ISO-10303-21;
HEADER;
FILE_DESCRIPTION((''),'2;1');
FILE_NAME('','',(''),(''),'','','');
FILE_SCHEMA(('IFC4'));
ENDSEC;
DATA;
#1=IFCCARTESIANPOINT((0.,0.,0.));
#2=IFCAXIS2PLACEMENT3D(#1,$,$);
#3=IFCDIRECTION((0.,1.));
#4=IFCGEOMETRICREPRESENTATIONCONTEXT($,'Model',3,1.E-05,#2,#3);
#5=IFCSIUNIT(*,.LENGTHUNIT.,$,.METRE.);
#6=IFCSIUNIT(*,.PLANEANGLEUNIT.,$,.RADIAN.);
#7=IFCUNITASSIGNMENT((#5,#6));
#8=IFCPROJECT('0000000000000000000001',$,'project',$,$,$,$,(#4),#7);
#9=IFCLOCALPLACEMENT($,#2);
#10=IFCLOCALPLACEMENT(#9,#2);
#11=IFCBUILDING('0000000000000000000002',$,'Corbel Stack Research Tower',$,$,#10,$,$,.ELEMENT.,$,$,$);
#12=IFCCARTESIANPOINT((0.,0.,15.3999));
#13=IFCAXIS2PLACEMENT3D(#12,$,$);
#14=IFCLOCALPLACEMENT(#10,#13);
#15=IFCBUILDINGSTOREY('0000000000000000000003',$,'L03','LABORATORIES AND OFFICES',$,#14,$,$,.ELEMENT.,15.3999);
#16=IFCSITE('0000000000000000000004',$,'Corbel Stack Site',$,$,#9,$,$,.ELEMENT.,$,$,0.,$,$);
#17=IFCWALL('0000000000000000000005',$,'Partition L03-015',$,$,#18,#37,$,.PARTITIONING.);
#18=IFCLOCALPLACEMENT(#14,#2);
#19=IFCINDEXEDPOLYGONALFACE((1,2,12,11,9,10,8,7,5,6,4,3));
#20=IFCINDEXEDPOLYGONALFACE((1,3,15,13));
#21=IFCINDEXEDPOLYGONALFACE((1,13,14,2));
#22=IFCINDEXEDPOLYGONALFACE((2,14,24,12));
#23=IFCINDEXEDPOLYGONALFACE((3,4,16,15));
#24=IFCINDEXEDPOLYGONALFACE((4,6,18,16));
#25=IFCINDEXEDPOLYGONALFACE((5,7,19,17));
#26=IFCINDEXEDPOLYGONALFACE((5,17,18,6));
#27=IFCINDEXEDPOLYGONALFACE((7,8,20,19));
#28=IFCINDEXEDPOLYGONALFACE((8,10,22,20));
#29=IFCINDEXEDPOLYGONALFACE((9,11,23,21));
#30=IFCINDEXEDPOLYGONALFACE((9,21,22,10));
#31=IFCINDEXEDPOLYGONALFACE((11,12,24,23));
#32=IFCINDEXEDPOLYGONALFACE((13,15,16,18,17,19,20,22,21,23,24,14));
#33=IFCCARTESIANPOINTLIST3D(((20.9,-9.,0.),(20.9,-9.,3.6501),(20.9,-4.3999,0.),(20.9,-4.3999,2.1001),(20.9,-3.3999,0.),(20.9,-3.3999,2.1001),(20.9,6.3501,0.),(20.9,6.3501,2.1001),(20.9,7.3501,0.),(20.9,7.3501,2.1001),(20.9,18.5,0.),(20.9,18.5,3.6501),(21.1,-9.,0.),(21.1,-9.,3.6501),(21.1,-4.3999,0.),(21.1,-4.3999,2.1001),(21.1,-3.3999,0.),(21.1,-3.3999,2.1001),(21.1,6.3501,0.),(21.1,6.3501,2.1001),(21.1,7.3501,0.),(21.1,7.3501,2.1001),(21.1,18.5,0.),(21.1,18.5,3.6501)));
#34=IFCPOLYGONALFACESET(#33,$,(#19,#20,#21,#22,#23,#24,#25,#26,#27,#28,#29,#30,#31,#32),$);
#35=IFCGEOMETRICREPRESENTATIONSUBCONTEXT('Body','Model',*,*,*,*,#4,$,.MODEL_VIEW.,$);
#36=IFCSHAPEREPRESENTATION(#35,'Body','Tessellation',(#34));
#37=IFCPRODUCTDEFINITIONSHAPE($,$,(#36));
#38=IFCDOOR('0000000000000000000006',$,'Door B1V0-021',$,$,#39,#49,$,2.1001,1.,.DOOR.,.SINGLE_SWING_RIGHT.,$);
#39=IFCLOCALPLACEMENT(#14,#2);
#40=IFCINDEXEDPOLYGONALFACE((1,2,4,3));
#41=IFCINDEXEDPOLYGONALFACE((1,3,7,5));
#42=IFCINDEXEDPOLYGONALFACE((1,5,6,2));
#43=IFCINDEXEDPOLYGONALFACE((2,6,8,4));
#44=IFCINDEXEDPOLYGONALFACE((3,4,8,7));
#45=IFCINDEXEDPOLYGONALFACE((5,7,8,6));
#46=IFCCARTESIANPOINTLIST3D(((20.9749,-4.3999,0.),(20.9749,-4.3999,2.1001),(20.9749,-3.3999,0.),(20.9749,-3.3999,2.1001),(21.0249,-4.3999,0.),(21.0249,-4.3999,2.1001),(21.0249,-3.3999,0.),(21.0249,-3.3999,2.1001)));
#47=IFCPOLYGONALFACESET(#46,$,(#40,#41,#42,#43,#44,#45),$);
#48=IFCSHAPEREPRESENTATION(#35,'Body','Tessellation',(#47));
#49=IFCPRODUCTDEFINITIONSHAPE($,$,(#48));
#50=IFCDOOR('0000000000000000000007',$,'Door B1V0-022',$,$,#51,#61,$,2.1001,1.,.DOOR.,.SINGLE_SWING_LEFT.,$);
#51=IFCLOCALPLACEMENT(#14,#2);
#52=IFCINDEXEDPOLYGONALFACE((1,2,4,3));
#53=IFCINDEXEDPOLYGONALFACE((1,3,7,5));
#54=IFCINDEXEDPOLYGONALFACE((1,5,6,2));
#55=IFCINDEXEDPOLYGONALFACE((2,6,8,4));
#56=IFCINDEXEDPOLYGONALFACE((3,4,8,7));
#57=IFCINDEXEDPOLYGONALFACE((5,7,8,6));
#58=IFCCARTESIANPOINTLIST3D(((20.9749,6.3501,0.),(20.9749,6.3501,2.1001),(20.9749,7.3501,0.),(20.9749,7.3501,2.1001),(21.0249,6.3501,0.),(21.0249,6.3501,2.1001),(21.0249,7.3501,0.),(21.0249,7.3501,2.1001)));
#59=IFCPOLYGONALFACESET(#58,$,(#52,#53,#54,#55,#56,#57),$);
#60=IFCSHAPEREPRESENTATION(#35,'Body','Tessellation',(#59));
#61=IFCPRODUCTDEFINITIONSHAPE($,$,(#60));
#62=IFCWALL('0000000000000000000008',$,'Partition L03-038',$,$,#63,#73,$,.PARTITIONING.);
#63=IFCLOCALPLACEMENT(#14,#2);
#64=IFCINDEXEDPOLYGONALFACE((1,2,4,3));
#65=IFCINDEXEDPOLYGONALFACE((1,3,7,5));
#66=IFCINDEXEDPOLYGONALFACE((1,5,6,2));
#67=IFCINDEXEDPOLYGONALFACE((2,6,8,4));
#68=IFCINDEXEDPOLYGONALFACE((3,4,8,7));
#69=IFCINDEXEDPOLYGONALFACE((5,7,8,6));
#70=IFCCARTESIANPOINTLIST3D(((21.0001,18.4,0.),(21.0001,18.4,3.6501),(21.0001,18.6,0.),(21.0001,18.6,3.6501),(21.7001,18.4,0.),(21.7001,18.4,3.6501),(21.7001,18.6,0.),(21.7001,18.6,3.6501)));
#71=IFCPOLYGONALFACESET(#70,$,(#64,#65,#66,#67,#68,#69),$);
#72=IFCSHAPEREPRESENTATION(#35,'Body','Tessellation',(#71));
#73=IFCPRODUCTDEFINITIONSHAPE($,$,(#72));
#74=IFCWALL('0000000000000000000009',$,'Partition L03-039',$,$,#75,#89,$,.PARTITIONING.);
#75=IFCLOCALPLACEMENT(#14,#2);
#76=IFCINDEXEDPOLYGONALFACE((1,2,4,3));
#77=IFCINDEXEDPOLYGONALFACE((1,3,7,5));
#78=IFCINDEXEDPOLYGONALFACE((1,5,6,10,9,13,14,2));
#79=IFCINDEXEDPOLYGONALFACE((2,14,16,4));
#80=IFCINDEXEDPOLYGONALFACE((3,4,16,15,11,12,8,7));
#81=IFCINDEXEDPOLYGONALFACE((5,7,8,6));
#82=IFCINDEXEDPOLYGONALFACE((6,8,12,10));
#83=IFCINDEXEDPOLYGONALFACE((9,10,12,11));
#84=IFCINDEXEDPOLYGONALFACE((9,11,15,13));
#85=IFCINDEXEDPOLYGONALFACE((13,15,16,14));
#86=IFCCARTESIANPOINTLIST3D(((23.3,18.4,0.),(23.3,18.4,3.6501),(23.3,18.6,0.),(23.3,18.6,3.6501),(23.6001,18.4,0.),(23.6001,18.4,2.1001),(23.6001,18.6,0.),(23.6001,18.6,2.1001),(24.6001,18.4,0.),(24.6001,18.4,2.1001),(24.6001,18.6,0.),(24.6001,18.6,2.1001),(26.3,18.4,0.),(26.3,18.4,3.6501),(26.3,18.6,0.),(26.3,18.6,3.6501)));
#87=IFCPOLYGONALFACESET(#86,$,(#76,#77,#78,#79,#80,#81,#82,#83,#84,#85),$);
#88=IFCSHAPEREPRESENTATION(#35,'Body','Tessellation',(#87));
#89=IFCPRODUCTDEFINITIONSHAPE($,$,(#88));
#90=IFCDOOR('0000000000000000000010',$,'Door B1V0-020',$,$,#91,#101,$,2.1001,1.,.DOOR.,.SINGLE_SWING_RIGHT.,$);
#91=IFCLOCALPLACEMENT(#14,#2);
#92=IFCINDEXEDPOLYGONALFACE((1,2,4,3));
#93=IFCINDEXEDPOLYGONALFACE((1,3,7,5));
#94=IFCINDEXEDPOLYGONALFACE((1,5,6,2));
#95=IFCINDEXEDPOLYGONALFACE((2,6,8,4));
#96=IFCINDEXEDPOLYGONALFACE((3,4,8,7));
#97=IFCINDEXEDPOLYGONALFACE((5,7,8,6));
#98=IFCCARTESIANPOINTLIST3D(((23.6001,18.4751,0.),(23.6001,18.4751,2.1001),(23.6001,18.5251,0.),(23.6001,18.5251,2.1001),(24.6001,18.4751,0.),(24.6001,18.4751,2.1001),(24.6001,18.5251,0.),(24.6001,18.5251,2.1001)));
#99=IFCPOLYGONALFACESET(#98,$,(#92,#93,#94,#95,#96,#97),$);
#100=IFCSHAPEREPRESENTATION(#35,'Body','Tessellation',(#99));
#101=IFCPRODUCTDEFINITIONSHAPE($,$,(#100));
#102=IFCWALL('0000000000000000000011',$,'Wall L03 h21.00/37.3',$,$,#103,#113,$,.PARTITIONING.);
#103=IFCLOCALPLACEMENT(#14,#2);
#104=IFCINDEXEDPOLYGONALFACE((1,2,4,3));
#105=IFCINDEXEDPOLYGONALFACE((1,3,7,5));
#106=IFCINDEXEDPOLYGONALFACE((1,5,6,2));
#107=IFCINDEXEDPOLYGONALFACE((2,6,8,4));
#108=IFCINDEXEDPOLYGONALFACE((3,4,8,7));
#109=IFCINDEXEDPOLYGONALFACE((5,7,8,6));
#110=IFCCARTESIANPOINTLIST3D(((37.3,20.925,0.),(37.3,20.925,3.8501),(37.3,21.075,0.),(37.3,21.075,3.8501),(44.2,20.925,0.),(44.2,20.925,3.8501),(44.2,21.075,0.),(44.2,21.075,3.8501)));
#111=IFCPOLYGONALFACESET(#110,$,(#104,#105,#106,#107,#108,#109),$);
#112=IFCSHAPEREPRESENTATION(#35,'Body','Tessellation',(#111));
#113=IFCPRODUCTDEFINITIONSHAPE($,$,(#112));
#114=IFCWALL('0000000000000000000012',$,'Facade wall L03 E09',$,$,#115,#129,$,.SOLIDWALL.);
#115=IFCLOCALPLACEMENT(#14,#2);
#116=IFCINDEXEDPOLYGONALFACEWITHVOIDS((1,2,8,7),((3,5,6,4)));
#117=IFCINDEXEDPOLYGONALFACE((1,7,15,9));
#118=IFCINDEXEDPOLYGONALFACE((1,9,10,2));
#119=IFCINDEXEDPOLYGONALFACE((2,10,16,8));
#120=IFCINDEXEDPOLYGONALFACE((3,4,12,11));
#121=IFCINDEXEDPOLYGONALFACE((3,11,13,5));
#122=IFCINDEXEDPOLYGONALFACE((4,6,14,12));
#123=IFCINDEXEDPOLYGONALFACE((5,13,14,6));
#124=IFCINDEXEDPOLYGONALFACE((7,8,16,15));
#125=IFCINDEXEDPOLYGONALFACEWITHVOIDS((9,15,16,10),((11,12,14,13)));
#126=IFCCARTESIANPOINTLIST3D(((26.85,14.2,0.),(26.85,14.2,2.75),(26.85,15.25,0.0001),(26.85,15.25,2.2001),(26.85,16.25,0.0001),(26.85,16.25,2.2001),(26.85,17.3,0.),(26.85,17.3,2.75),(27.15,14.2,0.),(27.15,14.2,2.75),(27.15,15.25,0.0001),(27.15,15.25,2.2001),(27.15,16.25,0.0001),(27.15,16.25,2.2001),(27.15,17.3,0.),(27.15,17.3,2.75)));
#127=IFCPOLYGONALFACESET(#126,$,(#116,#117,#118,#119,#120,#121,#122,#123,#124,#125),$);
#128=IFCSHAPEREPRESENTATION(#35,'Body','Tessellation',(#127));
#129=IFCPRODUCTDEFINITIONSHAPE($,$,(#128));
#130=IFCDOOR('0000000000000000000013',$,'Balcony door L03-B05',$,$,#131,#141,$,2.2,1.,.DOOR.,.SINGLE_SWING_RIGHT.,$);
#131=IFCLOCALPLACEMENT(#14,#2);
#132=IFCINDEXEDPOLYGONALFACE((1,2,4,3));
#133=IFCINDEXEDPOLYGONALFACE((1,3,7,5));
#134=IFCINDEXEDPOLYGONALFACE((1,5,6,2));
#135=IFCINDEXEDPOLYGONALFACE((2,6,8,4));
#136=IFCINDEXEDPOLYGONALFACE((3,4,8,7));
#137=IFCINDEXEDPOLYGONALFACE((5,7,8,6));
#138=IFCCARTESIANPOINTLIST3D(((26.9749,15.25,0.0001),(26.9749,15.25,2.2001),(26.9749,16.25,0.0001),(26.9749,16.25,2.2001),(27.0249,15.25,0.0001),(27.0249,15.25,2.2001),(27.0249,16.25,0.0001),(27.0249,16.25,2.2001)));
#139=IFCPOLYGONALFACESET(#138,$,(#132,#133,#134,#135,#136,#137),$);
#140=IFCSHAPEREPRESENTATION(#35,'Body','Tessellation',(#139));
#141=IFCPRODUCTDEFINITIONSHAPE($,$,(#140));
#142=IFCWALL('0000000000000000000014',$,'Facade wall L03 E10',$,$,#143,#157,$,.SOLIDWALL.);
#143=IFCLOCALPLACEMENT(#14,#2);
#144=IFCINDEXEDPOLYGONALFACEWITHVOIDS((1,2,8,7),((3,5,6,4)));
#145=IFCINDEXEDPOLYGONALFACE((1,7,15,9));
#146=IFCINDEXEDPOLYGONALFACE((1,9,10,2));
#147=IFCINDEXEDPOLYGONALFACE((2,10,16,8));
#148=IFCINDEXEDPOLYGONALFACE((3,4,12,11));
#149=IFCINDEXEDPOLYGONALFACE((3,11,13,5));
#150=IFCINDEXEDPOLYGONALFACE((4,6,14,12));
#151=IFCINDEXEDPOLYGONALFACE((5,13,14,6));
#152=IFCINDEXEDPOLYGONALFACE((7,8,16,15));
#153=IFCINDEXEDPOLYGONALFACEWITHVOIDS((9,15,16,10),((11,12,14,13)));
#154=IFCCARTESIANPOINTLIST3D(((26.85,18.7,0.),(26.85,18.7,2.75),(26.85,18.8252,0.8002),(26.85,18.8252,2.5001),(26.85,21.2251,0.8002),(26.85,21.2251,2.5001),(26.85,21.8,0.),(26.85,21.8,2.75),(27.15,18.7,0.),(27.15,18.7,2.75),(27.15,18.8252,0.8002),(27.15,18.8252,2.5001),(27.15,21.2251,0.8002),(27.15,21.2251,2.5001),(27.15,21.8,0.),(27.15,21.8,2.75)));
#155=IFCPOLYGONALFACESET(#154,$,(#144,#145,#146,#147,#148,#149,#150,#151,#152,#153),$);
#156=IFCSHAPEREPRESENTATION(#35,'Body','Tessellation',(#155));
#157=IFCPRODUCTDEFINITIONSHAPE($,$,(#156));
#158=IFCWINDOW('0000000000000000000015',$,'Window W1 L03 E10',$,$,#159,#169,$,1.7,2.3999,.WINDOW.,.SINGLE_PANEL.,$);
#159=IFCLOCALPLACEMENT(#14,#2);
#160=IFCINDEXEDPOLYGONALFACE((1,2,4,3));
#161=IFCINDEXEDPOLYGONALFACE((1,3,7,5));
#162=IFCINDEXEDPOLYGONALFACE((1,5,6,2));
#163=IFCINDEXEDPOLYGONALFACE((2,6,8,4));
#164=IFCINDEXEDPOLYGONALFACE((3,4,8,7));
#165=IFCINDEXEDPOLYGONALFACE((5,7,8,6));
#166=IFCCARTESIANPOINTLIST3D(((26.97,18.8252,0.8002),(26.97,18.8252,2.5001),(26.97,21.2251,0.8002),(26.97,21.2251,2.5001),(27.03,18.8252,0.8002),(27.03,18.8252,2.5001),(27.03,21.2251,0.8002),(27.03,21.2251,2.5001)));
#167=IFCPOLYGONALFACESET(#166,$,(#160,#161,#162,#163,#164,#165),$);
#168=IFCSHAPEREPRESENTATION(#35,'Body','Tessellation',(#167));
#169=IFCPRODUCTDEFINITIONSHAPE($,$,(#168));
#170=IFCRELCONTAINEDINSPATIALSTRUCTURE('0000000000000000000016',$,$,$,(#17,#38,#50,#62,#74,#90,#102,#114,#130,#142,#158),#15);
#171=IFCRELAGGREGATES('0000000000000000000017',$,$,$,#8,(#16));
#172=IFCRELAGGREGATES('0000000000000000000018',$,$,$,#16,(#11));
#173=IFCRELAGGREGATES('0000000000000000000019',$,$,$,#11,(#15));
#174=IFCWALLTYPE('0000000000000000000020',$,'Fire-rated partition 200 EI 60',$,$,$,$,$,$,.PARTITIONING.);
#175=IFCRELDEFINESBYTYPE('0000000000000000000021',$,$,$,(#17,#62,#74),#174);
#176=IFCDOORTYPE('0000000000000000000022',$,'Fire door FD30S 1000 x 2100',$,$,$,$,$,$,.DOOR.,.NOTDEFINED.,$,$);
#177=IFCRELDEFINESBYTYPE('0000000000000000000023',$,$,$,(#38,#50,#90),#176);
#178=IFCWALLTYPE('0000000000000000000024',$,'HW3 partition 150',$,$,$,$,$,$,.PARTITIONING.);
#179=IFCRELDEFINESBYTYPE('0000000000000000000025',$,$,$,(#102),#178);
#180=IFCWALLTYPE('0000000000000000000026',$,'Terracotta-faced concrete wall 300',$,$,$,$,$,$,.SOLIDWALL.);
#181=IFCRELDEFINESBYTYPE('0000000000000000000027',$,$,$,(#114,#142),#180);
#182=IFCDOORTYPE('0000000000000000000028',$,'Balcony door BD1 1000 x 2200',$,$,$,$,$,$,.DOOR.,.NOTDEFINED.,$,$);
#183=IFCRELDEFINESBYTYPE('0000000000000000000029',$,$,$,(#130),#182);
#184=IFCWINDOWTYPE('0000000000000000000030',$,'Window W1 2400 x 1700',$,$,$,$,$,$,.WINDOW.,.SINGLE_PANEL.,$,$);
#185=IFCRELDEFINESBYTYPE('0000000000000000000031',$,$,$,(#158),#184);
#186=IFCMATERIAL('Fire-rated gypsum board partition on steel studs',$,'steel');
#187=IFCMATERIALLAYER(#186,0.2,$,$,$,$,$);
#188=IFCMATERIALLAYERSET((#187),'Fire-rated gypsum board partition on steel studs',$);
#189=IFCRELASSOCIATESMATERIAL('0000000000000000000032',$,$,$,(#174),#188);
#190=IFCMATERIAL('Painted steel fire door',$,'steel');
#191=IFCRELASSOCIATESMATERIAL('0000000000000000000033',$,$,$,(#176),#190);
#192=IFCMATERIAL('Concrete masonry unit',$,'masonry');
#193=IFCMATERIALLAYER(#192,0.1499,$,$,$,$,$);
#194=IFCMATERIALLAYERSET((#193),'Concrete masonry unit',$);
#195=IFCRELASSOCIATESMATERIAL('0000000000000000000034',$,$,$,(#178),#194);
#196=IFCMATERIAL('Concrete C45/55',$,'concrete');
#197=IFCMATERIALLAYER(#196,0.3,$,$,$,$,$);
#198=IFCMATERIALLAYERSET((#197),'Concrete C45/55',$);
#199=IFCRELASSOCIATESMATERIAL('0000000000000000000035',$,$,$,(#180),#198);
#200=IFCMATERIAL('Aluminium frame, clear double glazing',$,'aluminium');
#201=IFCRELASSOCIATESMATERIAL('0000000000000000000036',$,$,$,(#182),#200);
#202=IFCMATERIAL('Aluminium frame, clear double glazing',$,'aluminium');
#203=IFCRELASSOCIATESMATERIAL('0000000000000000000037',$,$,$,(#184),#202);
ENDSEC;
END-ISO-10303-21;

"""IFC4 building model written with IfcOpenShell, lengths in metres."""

from ifc_helpers import new_model, si_unit, direction, frame, frame_2d, origin, place, context, subcontext, project, spatial, rectangle, extrude, material, layer, layer_set, type_object, element, fill, save


model = new_model("IFC4")

# Units and contexts
model_context = context("Model", 3, precision=1e-05, world=origin(), true_north=direction((0.0, 1.0)))
body_context = subcontext(model_context, "Body", "Model", "MODEL_VIEW")
ifc_project = project(units=[si_unit("LENGTHUNIT", "METRE"), si_unit("PLANEANGLEUNIT", "RADIAN")], contexts=[model_context])

# Site, building, storey
site_placement = place(None, origin())
site = spatial("IfcSite", under=ifc_project, at=site_placement, Name="Corbel Stack Site", CompositionType="ELEMENT", RefElevation=0.0)
building_placement = place(site_placement, origin())
building = spatial("IfcBuilding", under=site, at=building_placement, Name="Corbel Stack Research Tower", CompositionType="ELEMENT")
storey_placement = place(building_placement, frame((0.0, 0.0, 15.3999)))
storey = spatial("IfcBuildingStorey", under=building, at=storey_placement, Name="L03", Description="LABORATORIES AND OFFICES", CompositionType="ELEMENT", Elevation=15.3999)

# Wall, openings, doors
ifc_material_1 = material(Name="Fire-rated gypsum board partition on steel studs", Category="steel")
ifc_layer_1 = layer(ifc_material_1, 0.2)
ifc_layer_set_1 = layer_set([ifc_layer_1], Name="Fire-rated gypsum board partition on steel studs")
wall_type_1 = type_object("IfcWallType", Name="Fire-rated partition 200 EI 60", PredefinedType="PARTITIONING", material=ifc_layer_set_1)
wall_1_placement = place(storey_placement, frame((21.0, 18.5, 0.0), z_axis=(0.0, 0.0, 1.0), x_axis=(0.0, -1.0, 0.0)))
wall_1 = element("IfcWall", 1, at=wall_1_placement, inside=storey, type_object=wall_type_1, Name="Partition L03-015", PredefinedType="PARTITIONING", context=body_context, shape_type="SweptSolid", body=[
    extrude(rectangle(XDim=27.5, YDim=0.2, at=frame_2d((13.75, 0.0))), origin(), (0.0, 0.0, 1.0), 3.6501),
])
opening_1_placement = place(wall_1_placement, frame((21.8999, 0.0, 0.0)))
opening_1 = element("IfcOpeningElement", 2, at=opening_1_placement, cuts=wall_1, PredefinedType="OPENING", context=body_context, shape_type="SweptSolid", body=[
    extrude(rectangle(XDim=1.0, YDim=2.1001, at=frame_2d((0.5, 1.05))), frame((0.0, 0.1099, 0.0), z_axis=(0.0, -1.0, 0.0), x_axis=(1.0, 0.0, 0.0)), (0.0, 0.0, 1.0), 0.22),
])
opening_2_placement = place(wall_1_placement, frame((11.1499, 0.0, 0.0)))
opening_2 = element("IfcOpeningElement", 3, at=opening_2_placement, cuts=wall_1, PredefinedType="OPENING", context=body_context, shape_type="SweptSolid", body=[
    extrude(rectangle(XDim=1.0, YDim=2.1001, at=frame_2d((0.5, 1.05))), frame((0.0, 0.1099, 0.0), z_axis=(0.0, -1.0, 0.0), x_axis=(1.0, 0.0, 0.0)), (0.0, 0.0, 1.0), 0.22),
])
ifc_material_2 = material(Name="Painted steel fire door", Category="steel")
door_type_1 = type_object("IfcDoorType", Name="Fire door FD30S 1000 x 2100", OperationType="NOTDEFINED", PredefinedType="DOOR", material=ifc_material_2)
door_1_placement = place(opening_1_placement, origin())
door_1 = element("IfcDoor", 4, at=door_1_placement, inside=storey, type_object=door_type_1, Name="Door B1V0-021", OperationType="SINGLE_SWING_RIGHT", OverallHeight=2.1001, OverallWidth=1.0, PredefinedType="DOOR", context=body_context, shape_type="SweptSolid", body=[
    extrude(rectangle(XDim=1.0, YDim=2.1001, at=frame_2d((0.5, 1.05))), frame((0.0, 0.0249, 0.0), z_axis=(0.0, -1.0, 0.0), x_axis=(1.0, 0.0, 0.0)), (0.0, 0.0, 1.0), 0.05),
])
fill(opening_1, door_1)
door_2_placement = place(opening_2_placement, origin())
door_2 = element("IfcDoor", 5, at=door_2_placement, inside=storey, type_object=door_type_1, Name="Door B1V0-022", OperationType="SINGLE_SWING_LEFT", OverallHeight=2.1001, OverallWidth=1.0, PredefinedType="DOOR", context=body_context, shape_type="SweptSolid", body=[
    extrude(rectangle(XDim=1.0, YDim=2.1001, at=frame_2d((0.5, 1.05))), frame((0.0, 0.0249, 0.0), z_axis=(0.0, -1.0, 0.0), x_axis=(1.0, 0.0, 0.0)), (0.0, 0.0, 1.0), 0.05),
])
fill(opening_2, door_2)

# Wall
wall_2_placement = place(storey_placement, frame((21.0, 18.5, 0.0), z_axis=(0.0, 0.0, 1.0), x_axis=(1.0, 0.0, 0.0)))
element("IfcWall", 6, at=wall_2_placement, inside=storey, type_object=wall_type_1, Name="Partition L03-038", PredefinedType="PARTITIONING", context=body_context, shape_type="SweptSolid", body=[
    extrude(rectangle(XDim=0.7, YDim=0.2, at=frame_2d((0.3501, 0.0))), origin(), (0.0, 0.0, 1.0), 3.6501),
])

# Wall, opening, door
wall_3_placement = place(storey_placement, frame((26.3, 18.5, 0.0), z_axis=(0.0, 0.0, 1.0), x_axis=(-1.0, 0.0, 0.0)))
wall_3 = element("IfcWall", 7, at=wall_3_placement, inside=storey, type_object=wall_type_1, Name="Partition L03-039", PredefinedType="PARTITIONING", context=body_context, shape_type="SweptSolid", body=[
    extrude(rectangle(XDim=3.0, YDim=0.2, at=frame_2d((1.5, 0.0))), origin(), (0.0, 0.0, 1.0), 3.6501),
])
opening_3_placement = place(wall_3_placement, frame((1.7, 0.0, 0.0)))
opening_3 = element("IfcOpeningElement", 8, at=opening_3_placement, cuts=wall_3, PredefinedType="OPENING", context=body_context, shape_type="SweptSolid", body=[
    extrude(rectangle(XDim=1.0, YDim=2.1001, at=frame_2d((0.5, 1.05))), frame((0.0, 0.1099, 0.0), z_axis=(0.0, -1.0, 0.0), x_axis=(1.0, 0.0, 0.0)), (0.0, 0.0, 1.0), 0.22),
])
door_3_placement = place(opening_3_placement, origin())
door_3 = element("IfcDoor", 9, at=door_3_placement, inside=storey, type_object=door_type_1, Name="Door B1V0-020", OperationType="SINGLE_SWING_RIGHT", OverallHeight=2.1001, OverallWidth=1.0, PredefinedType="DOOR", context=body_context, shape_type="SweptSolid", body=[
    extrude(rectangle(XDim=1.0, YDim=2.1001, at=frame_2d((0.5, 1.05))), frame((0.0, 0.0249, 0.0), z_axis=(0.0, -1.0, 0.0), x_axis=(1.0, 0.0, 0.0)), (0.0, 0.0, 1.0), 0.05),
])
fill(opening_3, door_3)

# Wall
ifc_material_3 = material(Name="Concrete masonry unit", Category="masonry")
ifc_layer_2 = layer(ifc_material_3, 0.1499)
ifc_layer_set_2 = layer_set([ifc_layer_2], Name="Concrete masonry unit")
wall_type_2 = type_object("IfcWallType", Name="HW3 partition 150", PredefinedType="PARTITIONING", material=ifc_layer_set_2)
wall_4_placement = place(storey_placement, frame((37.3, 21.0, 0.0), z_axis=(0.0, 0.0, 1.0), x_axis=(1.0, 0.0, 0.0)))
element("IfcWall", 10, at=wall_4_placement, inside=storey, type_object=wall_type_2, Name="Wall L03 h21.00/37.3", PredefinedType="PARTITIONING", context=body_context, shape_type="SweptSolid", body=[
    extrude(rectangle(XDim=6.8999, YDim=0.1499, at=frame_2d((3.45, 0.0))), origin(), (0.0, 0.0, 1.0), 3.8501),
])

# Wall, opening, door
ifc_material_4 = material(Name="Concrete C45/55", Category="concrete")
ifc_layer_3 = layer(ifc_material_4, 0.3)
ifc_layer_set_3 = layer_set([ifc_layer_3], Name="Concrete C45/55")
wall_type_3 = type_object("IfcWallType", Name="Terracotta-faced concrete wall 300", PredefinedType="SOLIDWALL", material=ifc_layer_set_3)
wall_5_placement = place(storey_placement, frame((27.0, 17.3, 0.0), z_axis=(0.0, 0.0, 1.0), x_axis=(0.0, -1.0, 0.0)))
wall_5 = element("IfcWall", 11, at=wall_5_placement, inside=storey, type_object=wall_type_3, Name="Facade wall L03 E09", PredefinedType="SOLIDWALL", context=body_context, shape_type="SweptSolid", body=[
    extrude(rectangle(XDim=3.1001, YDim=0.3, at=frame_2d((1.55, 0.0))), origin(), (0.0, 0.0, 1.0), 2.75),
])
opening_4_placement = place(wall_5_placement, frame((1.05, 0.0, 0.0)))
opening_4 = element("IfcOpeningElement", 12, at=opening_4_placement, cuts=wall_5, PredefinedType="OPENING", context=body_context, shape_type="SweptSolid", body=[
    extrude(rectangle(XDim=1.0, YDim=2.2, at=frame_2d((0.5, 1.1001))), frame((0.0, 0.1599, 0.0), z_axis=(0.0, -1.0, 0.0), x_axis=(1.0, 0.0, 0.0)), (0.0, 0.0, 1.0), 0.3201),
])
ifc_material_5 = material(Name="Aluminium frame, clear double glazing", Category="aluminium")
door_type_2 = type_object("IfcDoorType", Name="Balcony door BD1 1000 x 2200", OperationType="NOTDEFINED", PredefinedType="DOOR", material=ifc_material_5)
door_4_placement = place(opening_4_placement, origin())
door_4 = element("IfcDoor", 13, at=door_4_placement, inside=storey, type_object=door_type_2, Name="Balcony door L03-B05", OperationType="SINGLE_SWING_RIGHT", OverallHeight=2.2, OverallWidth=1.0, PredefinedType="DOOR", context=body_context, shape_type="SweptSolid", body=[
    extrude(rectangle(XDim=1.0, YDim=2.2, at=frame_2d((0.5, 1.1001))), frame((0.0, 0.0249, 0.0), z_axis=(0.0, -1.0, 0.0), x_axis=(1.0, 0.0, 0.0)), (0.0, 0.0, 1.0), 0.05),
])
fill(opening_4, door_4)

# Wall, opening, window
wall_6_placement = place(storey_placement, frame((27.0, 21.8, 0.0), z_axis=(0.0, 0.0, 1.0), x_axis=(0.0, -1.0, 0.0)))
wall_6 = element("IfcWall", 14, at=wall_6_placement, inside=storey, type_object=wall_type_3, Name="Facade wall L03 E10", PredefinedType="SOLIDWALL", context=body_context, shape_type="SweptSolid", body=[
    extrude(rectangle(XDim=3.1001, YDim=0.3, at=frame_2d((1.55, 0.0))), origin(), (0.0, 0.0, 1.0), 2.75),
])
opening_5_placement = place(wall_6_placement, frame((0.575, 0.0, 0.8)))
opening_5 = element("IfcOpeningElement", 15, at=opening_5_placement, cuts=wall_6, PredefinedType="OPENING", context=body_context, shape_type="SweptSolid", body=[
    extrude(rectangle(XDim=2.3999, YDim=1.7, at=frame_2d((1.2, 0.8501))), frame((0.0, 0.1599, 0.0), z_axis=(0.0, -1.0, 0.0), x_axis=(1.0, 0.0, 0.0)), (0.0, 0.0, 1.0), 0.3201),
])
ifc_material_6 = material(Name="Aluminium frame, clear double glazing", Category="aluminium")
window_type = type_object("IfcWindowType", Name="Window W1 2400 x 1700", PartitioningType="SINGLE_PANEL", PredefinedType="WINDOW", material=ifc_material_6)
window_placement = place(opening_5_placement, origin())
window = element("IfcWindow", 16, at=window_placement, inside=storey, type_object=window_type, Name="Window W1 L03 E10", OverallHeight=1.7, OverallWidth=2.3999, PartitioningType="SINGLE_PANEL", PredefinedType="WINDOW", context=body_context, shape_type="SweptSolid", body=[
    extrude(rectangle(XDim=2.3999, YDim=1.7, at=frame_2d((1.2, 0.8501))), frame((0.0, 0.03, 0.0), z_axis=(0.0, -1.0, 0.0), x_axis=(1.0, 0.0, 0.0)), (0.0, 0.0, 1.0), 0.0601),
])
fill(opening_5, window)

save(model, "model.ifc")
